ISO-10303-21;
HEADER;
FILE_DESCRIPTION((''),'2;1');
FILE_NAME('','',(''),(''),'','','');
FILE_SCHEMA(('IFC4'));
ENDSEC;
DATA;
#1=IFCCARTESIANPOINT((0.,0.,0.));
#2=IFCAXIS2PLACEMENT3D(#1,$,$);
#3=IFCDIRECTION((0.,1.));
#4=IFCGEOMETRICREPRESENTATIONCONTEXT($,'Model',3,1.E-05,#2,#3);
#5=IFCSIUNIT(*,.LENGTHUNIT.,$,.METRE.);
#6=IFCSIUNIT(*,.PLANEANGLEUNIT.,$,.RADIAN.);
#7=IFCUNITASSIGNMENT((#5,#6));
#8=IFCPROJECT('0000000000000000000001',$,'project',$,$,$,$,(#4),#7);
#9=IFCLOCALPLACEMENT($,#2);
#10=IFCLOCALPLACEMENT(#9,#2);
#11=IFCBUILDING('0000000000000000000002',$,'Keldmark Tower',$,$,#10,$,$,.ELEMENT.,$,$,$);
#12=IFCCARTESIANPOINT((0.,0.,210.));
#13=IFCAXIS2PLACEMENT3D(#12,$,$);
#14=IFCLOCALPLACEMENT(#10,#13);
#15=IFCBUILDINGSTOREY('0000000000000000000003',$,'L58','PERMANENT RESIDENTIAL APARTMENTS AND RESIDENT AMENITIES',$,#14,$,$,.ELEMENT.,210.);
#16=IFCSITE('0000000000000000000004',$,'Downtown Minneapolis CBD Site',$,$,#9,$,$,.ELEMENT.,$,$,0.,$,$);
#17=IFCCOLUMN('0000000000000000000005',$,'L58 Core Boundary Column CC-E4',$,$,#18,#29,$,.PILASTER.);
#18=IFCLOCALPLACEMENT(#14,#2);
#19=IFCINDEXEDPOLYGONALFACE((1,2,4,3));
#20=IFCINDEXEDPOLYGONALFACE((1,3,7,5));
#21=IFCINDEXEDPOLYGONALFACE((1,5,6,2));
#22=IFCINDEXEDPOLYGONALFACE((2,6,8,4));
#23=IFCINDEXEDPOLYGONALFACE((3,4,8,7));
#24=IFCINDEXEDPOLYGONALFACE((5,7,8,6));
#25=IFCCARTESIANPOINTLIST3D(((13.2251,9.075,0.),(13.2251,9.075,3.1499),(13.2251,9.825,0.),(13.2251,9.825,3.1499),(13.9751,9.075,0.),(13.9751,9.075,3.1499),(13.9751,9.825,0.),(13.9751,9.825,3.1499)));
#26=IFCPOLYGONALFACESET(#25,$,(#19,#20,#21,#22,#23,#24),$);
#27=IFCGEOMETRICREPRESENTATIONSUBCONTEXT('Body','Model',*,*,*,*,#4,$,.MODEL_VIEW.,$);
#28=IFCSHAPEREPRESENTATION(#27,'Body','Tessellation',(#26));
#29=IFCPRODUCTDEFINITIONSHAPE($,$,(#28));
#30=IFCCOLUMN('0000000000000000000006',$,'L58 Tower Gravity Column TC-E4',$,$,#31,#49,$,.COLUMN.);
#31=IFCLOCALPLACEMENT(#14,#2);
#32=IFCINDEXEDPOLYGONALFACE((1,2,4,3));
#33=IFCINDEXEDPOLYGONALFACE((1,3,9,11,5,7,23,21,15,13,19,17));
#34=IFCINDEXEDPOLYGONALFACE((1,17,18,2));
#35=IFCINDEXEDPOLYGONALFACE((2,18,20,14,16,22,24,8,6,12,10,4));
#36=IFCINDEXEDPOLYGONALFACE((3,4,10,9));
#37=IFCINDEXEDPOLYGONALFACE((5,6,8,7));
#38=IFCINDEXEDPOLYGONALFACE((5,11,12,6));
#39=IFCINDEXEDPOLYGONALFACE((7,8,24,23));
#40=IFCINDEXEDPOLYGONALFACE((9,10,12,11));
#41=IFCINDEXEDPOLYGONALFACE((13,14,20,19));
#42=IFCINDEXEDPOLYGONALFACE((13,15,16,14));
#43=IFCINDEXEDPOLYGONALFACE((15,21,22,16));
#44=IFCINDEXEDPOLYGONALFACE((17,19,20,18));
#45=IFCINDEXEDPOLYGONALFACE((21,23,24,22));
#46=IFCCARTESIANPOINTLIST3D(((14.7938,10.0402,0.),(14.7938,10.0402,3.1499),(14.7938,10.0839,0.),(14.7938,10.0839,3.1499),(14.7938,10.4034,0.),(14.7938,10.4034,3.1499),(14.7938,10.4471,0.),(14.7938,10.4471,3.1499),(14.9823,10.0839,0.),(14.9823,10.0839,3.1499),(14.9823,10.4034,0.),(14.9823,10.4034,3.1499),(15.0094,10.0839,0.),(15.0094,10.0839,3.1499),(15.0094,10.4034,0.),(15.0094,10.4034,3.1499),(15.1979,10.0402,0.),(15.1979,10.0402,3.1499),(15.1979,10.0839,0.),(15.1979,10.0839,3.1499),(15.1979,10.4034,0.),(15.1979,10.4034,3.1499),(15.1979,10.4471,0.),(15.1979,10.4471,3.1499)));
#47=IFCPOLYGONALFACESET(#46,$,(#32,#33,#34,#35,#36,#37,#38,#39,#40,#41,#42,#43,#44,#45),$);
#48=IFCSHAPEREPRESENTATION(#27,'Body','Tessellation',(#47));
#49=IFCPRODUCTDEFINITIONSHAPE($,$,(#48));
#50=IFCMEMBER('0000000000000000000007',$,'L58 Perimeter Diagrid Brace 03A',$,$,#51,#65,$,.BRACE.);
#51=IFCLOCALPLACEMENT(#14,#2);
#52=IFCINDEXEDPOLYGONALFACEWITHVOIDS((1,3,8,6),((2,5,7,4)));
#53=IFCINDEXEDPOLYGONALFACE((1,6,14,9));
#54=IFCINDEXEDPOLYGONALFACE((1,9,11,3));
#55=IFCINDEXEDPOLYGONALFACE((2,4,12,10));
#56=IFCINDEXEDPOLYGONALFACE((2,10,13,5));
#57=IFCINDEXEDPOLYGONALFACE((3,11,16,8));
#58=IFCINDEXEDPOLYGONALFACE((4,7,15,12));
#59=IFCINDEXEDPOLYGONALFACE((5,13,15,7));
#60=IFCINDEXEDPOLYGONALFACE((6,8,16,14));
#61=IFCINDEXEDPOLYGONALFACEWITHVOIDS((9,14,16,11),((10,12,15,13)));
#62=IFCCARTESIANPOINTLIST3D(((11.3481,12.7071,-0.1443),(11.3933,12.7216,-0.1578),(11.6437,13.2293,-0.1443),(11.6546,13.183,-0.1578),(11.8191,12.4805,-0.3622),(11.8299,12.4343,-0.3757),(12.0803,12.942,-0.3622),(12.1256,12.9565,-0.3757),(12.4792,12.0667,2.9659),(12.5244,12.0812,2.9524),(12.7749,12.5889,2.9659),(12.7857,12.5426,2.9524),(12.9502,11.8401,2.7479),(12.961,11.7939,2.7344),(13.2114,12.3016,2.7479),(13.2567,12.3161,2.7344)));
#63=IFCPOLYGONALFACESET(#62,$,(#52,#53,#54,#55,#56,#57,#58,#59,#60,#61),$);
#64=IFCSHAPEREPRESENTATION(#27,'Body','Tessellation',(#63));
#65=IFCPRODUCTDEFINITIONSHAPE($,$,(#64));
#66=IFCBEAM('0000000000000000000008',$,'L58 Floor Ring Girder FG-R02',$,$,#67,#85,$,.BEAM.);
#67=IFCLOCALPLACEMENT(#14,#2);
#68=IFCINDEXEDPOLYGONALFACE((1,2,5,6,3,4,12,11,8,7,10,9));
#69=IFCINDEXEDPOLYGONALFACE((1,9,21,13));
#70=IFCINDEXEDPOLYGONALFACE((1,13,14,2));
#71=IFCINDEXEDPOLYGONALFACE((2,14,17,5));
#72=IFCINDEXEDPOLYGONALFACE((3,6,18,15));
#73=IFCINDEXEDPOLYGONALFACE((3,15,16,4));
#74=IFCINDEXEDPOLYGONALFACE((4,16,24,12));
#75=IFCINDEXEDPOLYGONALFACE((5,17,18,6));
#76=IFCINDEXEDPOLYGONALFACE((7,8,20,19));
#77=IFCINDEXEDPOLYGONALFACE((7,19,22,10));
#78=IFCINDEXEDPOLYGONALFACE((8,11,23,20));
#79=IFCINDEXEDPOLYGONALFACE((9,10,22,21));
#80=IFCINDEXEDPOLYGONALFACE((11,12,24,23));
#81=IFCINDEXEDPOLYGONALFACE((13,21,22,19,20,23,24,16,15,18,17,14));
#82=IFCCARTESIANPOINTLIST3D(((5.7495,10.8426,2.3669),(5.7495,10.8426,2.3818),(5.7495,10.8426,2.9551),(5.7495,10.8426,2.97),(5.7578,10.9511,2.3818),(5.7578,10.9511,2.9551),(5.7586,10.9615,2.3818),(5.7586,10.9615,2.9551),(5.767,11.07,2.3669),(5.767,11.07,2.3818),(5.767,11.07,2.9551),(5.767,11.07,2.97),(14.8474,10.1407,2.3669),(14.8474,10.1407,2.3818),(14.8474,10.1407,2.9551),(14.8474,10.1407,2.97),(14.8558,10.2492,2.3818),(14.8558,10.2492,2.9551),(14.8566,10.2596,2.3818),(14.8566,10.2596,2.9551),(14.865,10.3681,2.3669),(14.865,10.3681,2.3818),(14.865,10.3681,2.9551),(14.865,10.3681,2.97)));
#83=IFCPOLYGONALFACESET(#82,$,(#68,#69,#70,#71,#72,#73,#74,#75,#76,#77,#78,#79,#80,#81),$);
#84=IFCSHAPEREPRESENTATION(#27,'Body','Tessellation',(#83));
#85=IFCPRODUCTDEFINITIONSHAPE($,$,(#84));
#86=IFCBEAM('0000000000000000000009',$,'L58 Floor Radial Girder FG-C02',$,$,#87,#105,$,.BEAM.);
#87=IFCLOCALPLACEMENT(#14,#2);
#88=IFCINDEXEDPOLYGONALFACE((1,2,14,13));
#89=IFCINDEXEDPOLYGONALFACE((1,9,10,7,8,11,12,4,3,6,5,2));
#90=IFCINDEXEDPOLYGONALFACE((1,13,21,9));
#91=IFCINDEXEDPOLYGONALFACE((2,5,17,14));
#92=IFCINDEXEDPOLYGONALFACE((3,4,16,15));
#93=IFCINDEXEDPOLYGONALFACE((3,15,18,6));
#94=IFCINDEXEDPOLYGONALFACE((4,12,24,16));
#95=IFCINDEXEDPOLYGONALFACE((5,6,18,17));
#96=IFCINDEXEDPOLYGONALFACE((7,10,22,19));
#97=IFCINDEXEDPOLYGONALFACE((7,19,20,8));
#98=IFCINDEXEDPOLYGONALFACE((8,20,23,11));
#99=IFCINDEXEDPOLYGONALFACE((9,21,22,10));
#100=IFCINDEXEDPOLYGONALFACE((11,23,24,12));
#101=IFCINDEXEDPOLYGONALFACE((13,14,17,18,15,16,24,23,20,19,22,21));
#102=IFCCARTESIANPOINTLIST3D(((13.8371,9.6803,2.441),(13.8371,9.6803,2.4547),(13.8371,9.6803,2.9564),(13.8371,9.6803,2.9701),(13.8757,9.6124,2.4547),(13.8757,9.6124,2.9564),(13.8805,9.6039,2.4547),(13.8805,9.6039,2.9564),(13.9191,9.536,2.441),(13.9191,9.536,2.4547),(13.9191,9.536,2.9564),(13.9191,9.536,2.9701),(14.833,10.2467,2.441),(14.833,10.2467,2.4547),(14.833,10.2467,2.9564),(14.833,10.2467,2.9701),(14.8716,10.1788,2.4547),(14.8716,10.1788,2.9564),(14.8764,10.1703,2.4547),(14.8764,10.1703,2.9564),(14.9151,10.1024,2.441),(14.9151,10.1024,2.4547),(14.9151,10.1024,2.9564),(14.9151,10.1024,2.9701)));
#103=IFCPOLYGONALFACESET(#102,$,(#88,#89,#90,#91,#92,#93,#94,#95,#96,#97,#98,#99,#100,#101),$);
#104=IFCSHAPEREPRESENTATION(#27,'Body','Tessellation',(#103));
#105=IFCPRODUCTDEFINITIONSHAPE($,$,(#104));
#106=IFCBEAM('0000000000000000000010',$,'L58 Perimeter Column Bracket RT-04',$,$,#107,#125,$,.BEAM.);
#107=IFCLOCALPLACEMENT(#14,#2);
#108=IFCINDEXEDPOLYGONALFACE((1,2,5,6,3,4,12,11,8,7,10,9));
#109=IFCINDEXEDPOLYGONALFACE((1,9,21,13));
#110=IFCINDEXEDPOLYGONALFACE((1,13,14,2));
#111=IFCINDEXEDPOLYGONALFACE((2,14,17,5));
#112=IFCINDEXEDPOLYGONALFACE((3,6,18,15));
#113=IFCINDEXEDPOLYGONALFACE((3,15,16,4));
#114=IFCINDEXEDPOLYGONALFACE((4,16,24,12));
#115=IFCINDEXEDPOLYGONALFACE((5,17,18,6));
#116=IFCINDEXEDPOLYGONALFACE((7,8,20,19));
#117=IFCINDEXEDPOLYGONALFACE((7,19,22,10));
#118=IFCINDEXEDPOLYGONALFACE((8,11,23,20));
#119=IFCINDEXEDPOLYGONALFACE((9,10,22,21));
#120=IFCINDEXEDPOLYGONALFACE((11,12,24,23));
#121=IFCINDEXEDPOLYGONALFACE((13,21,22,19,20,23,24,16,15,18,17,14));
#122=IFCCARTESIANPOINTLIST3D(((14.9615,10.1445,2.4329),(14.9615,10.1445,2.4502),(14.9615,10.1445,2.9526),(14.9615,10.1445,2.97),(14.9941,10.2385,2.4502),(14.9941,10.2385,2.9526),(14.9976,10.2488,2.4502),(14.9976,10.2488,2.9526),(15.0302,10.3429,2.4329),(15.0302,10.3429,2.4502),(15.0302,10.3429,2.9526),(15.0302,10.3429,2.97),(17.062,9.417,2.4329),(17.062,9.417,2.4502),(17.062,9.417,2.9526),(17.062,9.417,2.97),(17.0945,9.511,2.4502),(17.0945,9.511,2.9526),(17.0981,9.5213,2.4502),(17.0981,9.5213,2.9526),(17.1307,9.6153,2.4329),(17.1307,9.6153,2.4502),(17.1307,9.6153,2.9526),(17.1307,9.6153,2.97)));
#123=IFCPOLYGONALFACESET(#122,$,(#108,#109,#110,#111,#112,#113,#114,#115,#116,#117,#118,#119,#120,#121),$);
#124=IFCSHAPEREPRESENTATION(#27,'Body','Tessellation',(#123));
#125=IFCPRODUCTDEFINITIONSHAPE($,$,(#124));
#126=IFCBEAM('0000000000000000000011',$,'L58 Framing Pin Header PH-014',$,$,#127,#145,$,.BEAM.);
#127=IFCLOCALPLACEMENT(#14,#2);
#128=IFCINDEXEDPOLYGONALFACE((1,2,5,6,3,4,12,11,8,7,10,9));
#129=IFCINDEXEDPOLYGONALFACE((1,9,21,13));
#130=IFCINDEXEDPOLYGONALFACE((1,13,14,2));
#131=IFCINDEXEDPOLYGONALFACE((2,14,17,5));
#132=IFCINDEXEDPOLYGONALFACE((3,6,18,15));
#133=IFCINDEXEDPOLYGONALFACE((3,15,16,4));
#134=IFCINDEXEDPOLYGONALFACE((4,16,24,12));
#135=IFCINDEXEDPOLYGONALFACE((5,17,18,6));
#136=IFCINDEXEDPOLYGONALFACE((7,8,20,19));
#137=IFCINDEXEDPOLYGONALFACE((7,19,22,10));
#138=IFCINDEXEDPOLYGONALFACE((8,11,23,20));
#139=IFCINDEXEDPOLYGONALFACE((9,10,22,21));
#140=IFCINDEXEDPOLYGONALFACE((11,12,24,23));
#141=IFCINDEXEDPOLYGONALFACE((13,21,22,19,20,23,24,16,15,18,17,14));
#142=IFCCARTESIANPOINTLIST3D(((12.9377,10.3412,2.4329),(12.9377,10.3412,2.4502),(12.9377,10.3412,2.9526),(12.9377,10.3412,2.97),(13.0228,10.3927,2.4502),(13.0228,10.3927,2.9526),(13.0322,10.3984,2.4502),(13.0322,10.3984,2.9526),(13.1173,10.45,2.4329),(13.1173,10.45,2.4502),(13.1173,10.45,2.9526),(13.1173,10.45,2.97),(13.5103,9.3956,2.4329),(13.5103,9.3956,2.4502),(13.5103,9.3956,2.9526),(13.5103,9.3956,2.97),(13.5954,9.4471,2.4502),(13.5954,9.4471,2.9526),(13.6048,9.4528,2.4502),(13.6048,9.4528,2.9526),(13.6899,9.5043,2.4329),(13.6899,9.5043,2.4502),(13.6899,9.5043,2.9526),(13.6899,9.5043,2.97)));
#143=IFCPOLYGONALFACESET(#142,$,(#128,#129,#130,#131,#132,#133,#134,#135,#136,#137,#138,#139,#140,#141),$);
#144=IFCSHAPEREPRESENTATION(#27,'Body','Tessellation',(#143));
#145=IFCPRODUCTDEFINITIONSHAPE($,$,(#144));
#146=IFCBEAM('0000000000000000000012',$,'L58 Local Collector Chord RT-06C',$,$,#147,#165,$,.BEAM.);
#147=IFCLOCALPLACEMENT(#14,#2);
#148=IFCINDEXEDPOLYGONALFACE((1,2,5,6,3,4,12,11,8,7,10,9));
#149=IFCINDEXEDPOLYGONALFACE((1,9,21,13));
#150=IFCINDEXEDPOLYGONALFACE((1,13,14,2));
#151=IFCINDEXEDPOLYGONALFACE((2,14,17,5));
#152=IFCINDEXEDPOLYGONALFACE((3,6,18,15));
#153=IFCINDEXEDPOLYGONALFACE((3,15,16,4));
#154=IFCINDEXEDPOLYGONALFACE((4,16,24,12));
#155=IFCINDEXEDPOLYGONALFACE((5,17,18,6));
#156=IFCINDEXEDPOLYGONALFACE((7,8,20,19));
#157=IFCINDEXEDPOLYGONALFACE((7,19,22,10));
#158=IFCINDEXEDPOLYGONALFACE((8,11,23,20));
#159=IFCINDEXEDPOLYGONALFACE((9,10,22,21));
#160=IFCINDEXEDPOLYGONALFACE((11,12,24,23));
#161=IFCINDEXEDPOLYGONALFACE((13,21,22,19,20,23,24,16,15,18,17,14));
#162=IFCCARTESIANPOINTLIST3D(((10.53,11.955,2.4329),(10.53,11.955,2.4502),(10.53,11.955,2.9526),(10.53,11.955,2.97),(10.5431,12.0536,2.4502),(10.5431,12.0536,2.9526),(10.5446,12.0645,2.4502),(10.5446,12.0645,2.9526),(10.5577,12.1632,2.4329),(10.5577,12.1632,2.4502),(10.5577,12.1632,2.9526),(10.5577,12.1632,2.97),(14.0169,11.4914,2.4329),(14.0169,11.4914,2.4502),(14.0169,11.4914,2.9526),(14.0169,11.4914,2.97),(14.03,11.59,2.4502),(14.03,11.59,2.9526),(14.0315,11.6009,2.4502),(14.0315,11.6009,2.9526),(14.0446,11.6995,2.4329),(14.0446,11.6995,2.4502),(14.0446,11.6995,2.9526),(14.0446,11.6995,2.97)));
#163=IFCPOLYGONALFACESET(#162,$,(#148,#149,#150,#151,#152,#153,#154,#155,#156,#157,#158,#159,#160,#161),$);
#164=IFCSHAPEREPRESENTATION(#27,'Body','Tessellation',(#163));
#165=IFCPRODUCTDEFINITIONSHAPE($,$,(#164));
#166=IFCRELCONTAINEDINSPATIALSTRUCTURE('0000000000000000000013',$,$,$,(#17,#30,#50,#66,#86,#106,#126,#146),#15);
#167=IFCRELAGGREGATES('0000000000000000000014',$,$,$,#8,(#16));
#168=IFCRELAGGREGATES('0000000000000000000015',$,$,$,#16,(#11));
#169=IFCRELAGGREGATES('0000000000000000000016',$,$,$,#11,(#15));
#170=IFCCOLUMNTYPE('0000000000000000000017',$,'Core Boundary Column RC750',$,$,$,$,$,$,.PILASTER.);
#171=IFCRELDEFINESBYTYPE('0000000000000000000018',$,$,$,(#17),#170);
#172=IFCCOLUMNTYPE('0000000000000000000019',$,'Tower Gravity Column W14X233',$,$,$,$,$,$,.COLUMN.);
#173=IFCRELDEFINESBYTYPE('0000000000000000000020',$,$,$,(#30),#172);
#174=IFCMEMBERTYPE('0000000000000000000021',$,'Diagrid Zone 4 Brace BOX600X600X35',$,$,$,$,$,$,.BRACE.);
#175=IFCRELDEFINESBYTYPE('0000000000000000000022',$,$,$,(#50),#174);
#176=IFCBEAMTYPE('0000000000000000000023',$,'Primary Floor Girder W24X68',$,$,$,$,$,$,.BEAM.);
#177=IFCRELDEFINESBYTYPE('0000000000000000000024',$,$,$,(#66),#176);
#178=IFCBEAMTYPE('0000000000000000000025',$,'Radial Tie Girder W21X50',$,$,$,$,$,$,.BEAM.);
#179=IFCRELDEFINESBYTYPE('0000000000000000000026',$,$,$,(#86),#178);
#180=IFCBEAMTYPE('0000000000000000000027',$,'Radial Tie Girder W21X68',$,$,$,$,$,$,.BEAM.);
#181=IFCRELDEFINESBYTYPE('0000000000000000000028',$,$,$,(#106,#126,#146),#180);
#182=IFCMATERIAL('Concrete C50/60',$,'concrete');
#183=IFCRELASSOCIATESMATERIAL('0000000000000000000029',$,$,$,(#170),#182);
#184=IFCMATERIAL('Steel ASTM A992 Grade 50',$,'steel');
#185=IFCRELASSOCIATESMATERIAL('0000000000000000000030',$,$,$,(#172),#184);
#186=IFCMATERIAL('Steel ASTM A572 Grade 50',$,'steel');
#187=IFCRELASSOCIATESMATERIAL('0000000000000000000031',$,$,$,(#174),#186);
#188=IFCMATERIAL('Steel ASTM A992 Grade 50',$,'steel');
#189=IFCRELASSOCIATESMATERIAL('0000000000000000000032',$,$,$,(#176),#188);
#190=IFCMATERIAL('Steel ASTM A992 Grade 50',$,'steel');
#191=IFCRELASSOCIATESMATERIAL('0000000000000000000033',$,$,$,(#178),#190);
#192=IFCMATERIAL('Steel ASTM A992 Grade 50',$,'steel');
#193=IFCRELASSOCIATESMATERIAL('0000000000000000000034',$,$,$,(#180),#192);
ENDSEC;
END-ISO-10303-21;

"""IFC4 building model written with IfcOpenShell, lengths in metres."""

from ifc_helpers import new_model, si_unit, direction, frame, origin, origin_2d, place, context, subcontext, project, spatial, rectangle, hollow_rectangle, i_section, extrude, material, material_profile, profile_set, type_object, element, save


model = new_model("IFC4")

# Units and contexts
model_context = context("Model", 3, precision=1e-05, world=origin(), true_north=direction((0.0, 1.0)))
body_context = subcontext(model_context, "Body", "Model", "MODEL_VIEW")
ifc_project = project(units=[si_unit("LENGTHUNIT", "METRE"), si_unit("PLANEANGLEUNIT", "RADIAN")], contexts=[model_context])

# Site, building, storey
site_placement = place(None, origin())
site = spatial("IfcSite", under=ifc_project, at=site_placement, Name="Downtown Minneapolis CBD Site", CompositionType="ELEMENT", RefElevation=0.0)
building_placement = place(site_placement, origin())
building = spatial("IfcBuilding", under=site, at=building_placement, Name="Keldmark Tower", CompositionType="ELEMENT")
storey_placement = place(building_placement, frame((0.0, 0.0, 210.0)))
storey = spatial("IfcBuildingStorey", under=building, at=storey_placement, Name="L58", Description="PERMANENT RESIDENTIAL APARTMENTS AND RESIDENT AMENITIES", CompositionType="ELEMENT", Elevation=210.0)

# Columns
ifc_material_1 = material(Name="Concrete C50/60", Category="concrete")
ifc_material_profile_1 = material_profile(ifc_material_1, rectangle(XDim=0.75, YDim=0.75, at=origin_2d()), Name="RC750X750")
ifc_profile_set_1 = profile_set([ifc_material_profile_1], Name="Concrete C50/60")
column_type_1 = type_object("IfcColumnType", Name="Core Boundary Column RC750", PredefinedType="PILASTER", material=ifc_profile_set_1)
column_1_placement = place(storey_placement, frame((13.6001, 9.45, 0.0), z_axis=(0.0, 0.0, 1.0), x_axis=(1.0, 0.0, 0.0)))
element("IfcColumn", 1, at=column_1_placement, inside=storey, type_object=column_type_1, Name="L58 Core Boundary Column CC-E4", PredefinedType="PILASTER", context=body_context, shape_type="SweptSolid", body=[
    extrude(rectangle(XDim=0.75, YDim=0.75, at=origin_2d()), origin(), (0.0, 0.0, 1.0), 3.1499),
])
ifc_material_2 = material(Name="Steel ASTM A992 Grade 50", Category="steel")
ifc_material_profile_2 = material_profile(ifc_material_2, i_section(OverallWidth=0.4041, OverallDepth=0.407, WebThickness=0.0271, FlangeThickness=0.0437, at=origin_2d()), Name="W14X233")
ifc_profile_set_2 = profile_set([ifc_material_profile_2], Name="Steel ASTM A992 Grade 50")
column_type_2 = type_object("IfcColumnType", Name="Tower Gravity Column W14X233", PredefinedType="COLUMN", material=ifc_profile_set_2)
column_2_placement = place(storey_placement, frame((14.9958, 10.2437, 0.0), z_axis=(0.0, 0.0, 1.0), x_axis=(1.0, 0.0, 0.0)))
element("IfcColumn", 2, at=column_2_placement, inside=storey, type_object=column_type_2, Name="L58 Tower Gravity Column TC-E4", PredefinedType="COLUMN", context=body_context, shape_type="SweptSolid", body=[
    extrude(i_section(OverallWidth=0.4041, OverallDepth=0.407, WebThickness=0.0271, FlangeThickness=0.0437, at=origin_2d()), origin(), (0.0, 0.0, 1.0), 3.1499),
])

# Member
ifc_material_3 = material(Name="Steel ASTM A572 Grade 50", Category="steel")
ifc_material_profile_3 = material_profile(ifc_material_3, hollow_rectangle(XDim=0.6001, YDim=0.6001, WallThickness=0.0349, at=origin_2d()), Name="BOX600X600X35")
ifc_profile_set_3 = profile_set([ifc_material_profile_3], Name="Steel ASTM A572 Grade 50")
member_type = type_object("IfcMemberType", Name="Diagrid Zone 4 Brace BOX600X600X35", PredefinedType="BRACE", material=ifc_profile_set_3)
member_placement = place(storey_placement, frame((11.7368, 12.8318, -0.26), z_axis=(0.33556, -0.189979, 0.922663), x_axis=(0.492676, 0.870213, 0.0)))
element("IfcMember", 3, at=member_placement, inside=storey, type_object=member_type, Name="L58 Perimeter Diagrid Brace 03A", PredefinedType="BRACE", context=body_context, shape_type="SweptSolid", body=[
    extrude(hollow_rectangle(XDim=0.6001, YDim=0.6001, WallThickness=0.0349, at=origin_2d()), origin(), (0.0, 0.0, 1.0), 3.3708),
])

# Beams
ifc_material_4 = material(Name="Steel ASTM A992 Grade 50", Category="steel")
ifc_material_profile_4 = material_profile(ifc_material_4, i_section(OverallWidth=0.228, OverallDepth=0.603, WebThickness=0.0105, FlangeThickness=0.0149, at=origin_2d()), Name="W24X68")
ifc_profile_set_4 = profile_set([ifc_material_profile_4], Name="Steel ASTM A992 Grade 50")
beam_type_1 = type_object("IfcBeamType", Name="Primary Floor Girder W24X68", PredefinedType="BEAM", material=ifc_profile_set_4)
beam_1_placement = place(storey_placement, frame((14.8562, 10.2544, 2.6685), z_axis=(-0.997037, 0.076922, 0.0), x_axis=(-0.076922, -0.997037, 0.0)))
element("IfcBeam", 4, at=beam_1_placement, inside=storey, type_object=beam_type_1, Name="L58 Floor Ring Girder FG-R02", PredefinedType="BEAM", context=body_context, shape_type="SweptSolid", body=[
    extrude(i_section(OverallWidth=0.228, OverallDepth=0.603, WebThickness=0.0105, FlangeThickness=0.0149, at=origin_2d()), origin(), (0.0, 0.0, 1.0), 9.125),
])
ifc_material_5 = material(Name="Steel ASTM A992 Grade 50", Category="steel")
ifc_material_profile_5 = material_profile(ifc_material_5, i_section(OverallWidth=0.166, OverallDepth=0.5291, WebThickness=0.0098, FlangeThickness=0.0137, at=origin_2d()), Name="W21X50")
ifc_profile_set_5 = profile_set([ifc_material_profile_5], Name="Steel ASTM A992 Grade 50")
beam_type_2 = type_object("IfcBeamType", Name="Radial Tie Girder W21X50", PredefinedType="BEAM", material=ifc_profile_set_5)
beam_2_placement = place(storey_placement, frame((14.874, 10.1746, 2.7056), z_axis=(-0.869238, -0.494394, 0.0), x_axis=(0.494394, -0.869238, 0.0)))
element("IfcBeam", 5, at=beam_2_placement, inside=storey, type_object=beam_type_2, Name="L58 Floor Radial Girder FG-C02", PredefinedType="BEAM", context=body_context, shape_type="SweptSolid", body=[
    extrude(i_section(OverallWidth=0.166, OverallDepth=0.5291, WebThickness=0.0098, FlangeThickness=0.0137, at=origin_2d()), origin(), (0.0, 0.0, 1.0), 1.1458),
])
ifc_material_6 = material(Name="Steel ASTM A992 Grade 50", Category="steel")
ifc_material_profile_6 = material_profile(ifc_material_6, i_section(OverallWidth=0.21, OverallDepth=0.5371, WebThickness=0.011, FlangeThickness=0.0173, at=origin_2d()), Name="W21X68")
ifc_profile_set_6 = profile_set([ifc_material_profile_6], Name="Steel ASTM A992 Grade 50")
beam_type_3 = type_object("IfcBeamType", Name="Radial Tie Girder W21X68", PredefinedType="BEAM", material=ifc_profile_set_6)
beam_3_placement = place(storey_placement, frame((14.9958, 10.2437, 2.7014), z_axis=(0.944929, -0.327277, 0.0), x_axis=(0.327277, 0.944929, 0.0)))
element("IfcBeam", 6, at=beam_3_placement, inside=storey, type_object=beam_type_3, Name="L58 Perimeter Column Bracket RT-04", PredefinedType="BEAM", context=body_context, shape_type="SweptSolid", body=[
    extrude(i_section(OverallWidth=0.21, OverallDepth=0.5371, WebThickness=0.011, FlangeThickness=0.0173, at=origin_2d()), origin(), (0.0, 0.0, 1.0), 2.2229),
])
beam_4_placement = place(storey_placement, frame((13.6001, 9.45, 2.7014), z_axis=(-0.517935, 0.85542, 0.0), x_axis=(-0.85542, -0.517935, 0.0)))
element("IfcBeam", 7, at=beam_4_placement, inside=storey, type_object=beam_type_3, Name="L58 Framing Pin Header PH-014", PredefinedType="BEAM", context=body_context, shape_type="SweptSolid", body=[
    extrude(i_section(OverallWidth=0.21, OverallDepth=0.5371, WebThickness=0.011, FlangeThickness=0.0173, at=origin_2d()), origin(), (0.0, 0.0, 1.0), 1.1055),
])
beam_5_placement = place(storey_placement, frame((14.0308, 11.5955, 2.7014), z_axis=(-0.991276, 0.131805, 0.0), x_axis=(-0.131805, -0.991276, 0.0)))
element("IfcBeam", 8, at=beam_5_placement, inside=storey, type_object=beam_type_3, Name="L58 Local Collector Chord RT-06C", PredefinedType="BEAM", context=body_context, shape_type="SweptSolid", body=[
    extrude(i_section(OverallWidth=0.21, OverallDepth=0.5371, WebThickness=0.011, FlangeThickness=0.0173, at=origin_2d()), origin(), (0.0, 0.0, 1.0), 3.5176),
])

save(model, "model.ifc")
